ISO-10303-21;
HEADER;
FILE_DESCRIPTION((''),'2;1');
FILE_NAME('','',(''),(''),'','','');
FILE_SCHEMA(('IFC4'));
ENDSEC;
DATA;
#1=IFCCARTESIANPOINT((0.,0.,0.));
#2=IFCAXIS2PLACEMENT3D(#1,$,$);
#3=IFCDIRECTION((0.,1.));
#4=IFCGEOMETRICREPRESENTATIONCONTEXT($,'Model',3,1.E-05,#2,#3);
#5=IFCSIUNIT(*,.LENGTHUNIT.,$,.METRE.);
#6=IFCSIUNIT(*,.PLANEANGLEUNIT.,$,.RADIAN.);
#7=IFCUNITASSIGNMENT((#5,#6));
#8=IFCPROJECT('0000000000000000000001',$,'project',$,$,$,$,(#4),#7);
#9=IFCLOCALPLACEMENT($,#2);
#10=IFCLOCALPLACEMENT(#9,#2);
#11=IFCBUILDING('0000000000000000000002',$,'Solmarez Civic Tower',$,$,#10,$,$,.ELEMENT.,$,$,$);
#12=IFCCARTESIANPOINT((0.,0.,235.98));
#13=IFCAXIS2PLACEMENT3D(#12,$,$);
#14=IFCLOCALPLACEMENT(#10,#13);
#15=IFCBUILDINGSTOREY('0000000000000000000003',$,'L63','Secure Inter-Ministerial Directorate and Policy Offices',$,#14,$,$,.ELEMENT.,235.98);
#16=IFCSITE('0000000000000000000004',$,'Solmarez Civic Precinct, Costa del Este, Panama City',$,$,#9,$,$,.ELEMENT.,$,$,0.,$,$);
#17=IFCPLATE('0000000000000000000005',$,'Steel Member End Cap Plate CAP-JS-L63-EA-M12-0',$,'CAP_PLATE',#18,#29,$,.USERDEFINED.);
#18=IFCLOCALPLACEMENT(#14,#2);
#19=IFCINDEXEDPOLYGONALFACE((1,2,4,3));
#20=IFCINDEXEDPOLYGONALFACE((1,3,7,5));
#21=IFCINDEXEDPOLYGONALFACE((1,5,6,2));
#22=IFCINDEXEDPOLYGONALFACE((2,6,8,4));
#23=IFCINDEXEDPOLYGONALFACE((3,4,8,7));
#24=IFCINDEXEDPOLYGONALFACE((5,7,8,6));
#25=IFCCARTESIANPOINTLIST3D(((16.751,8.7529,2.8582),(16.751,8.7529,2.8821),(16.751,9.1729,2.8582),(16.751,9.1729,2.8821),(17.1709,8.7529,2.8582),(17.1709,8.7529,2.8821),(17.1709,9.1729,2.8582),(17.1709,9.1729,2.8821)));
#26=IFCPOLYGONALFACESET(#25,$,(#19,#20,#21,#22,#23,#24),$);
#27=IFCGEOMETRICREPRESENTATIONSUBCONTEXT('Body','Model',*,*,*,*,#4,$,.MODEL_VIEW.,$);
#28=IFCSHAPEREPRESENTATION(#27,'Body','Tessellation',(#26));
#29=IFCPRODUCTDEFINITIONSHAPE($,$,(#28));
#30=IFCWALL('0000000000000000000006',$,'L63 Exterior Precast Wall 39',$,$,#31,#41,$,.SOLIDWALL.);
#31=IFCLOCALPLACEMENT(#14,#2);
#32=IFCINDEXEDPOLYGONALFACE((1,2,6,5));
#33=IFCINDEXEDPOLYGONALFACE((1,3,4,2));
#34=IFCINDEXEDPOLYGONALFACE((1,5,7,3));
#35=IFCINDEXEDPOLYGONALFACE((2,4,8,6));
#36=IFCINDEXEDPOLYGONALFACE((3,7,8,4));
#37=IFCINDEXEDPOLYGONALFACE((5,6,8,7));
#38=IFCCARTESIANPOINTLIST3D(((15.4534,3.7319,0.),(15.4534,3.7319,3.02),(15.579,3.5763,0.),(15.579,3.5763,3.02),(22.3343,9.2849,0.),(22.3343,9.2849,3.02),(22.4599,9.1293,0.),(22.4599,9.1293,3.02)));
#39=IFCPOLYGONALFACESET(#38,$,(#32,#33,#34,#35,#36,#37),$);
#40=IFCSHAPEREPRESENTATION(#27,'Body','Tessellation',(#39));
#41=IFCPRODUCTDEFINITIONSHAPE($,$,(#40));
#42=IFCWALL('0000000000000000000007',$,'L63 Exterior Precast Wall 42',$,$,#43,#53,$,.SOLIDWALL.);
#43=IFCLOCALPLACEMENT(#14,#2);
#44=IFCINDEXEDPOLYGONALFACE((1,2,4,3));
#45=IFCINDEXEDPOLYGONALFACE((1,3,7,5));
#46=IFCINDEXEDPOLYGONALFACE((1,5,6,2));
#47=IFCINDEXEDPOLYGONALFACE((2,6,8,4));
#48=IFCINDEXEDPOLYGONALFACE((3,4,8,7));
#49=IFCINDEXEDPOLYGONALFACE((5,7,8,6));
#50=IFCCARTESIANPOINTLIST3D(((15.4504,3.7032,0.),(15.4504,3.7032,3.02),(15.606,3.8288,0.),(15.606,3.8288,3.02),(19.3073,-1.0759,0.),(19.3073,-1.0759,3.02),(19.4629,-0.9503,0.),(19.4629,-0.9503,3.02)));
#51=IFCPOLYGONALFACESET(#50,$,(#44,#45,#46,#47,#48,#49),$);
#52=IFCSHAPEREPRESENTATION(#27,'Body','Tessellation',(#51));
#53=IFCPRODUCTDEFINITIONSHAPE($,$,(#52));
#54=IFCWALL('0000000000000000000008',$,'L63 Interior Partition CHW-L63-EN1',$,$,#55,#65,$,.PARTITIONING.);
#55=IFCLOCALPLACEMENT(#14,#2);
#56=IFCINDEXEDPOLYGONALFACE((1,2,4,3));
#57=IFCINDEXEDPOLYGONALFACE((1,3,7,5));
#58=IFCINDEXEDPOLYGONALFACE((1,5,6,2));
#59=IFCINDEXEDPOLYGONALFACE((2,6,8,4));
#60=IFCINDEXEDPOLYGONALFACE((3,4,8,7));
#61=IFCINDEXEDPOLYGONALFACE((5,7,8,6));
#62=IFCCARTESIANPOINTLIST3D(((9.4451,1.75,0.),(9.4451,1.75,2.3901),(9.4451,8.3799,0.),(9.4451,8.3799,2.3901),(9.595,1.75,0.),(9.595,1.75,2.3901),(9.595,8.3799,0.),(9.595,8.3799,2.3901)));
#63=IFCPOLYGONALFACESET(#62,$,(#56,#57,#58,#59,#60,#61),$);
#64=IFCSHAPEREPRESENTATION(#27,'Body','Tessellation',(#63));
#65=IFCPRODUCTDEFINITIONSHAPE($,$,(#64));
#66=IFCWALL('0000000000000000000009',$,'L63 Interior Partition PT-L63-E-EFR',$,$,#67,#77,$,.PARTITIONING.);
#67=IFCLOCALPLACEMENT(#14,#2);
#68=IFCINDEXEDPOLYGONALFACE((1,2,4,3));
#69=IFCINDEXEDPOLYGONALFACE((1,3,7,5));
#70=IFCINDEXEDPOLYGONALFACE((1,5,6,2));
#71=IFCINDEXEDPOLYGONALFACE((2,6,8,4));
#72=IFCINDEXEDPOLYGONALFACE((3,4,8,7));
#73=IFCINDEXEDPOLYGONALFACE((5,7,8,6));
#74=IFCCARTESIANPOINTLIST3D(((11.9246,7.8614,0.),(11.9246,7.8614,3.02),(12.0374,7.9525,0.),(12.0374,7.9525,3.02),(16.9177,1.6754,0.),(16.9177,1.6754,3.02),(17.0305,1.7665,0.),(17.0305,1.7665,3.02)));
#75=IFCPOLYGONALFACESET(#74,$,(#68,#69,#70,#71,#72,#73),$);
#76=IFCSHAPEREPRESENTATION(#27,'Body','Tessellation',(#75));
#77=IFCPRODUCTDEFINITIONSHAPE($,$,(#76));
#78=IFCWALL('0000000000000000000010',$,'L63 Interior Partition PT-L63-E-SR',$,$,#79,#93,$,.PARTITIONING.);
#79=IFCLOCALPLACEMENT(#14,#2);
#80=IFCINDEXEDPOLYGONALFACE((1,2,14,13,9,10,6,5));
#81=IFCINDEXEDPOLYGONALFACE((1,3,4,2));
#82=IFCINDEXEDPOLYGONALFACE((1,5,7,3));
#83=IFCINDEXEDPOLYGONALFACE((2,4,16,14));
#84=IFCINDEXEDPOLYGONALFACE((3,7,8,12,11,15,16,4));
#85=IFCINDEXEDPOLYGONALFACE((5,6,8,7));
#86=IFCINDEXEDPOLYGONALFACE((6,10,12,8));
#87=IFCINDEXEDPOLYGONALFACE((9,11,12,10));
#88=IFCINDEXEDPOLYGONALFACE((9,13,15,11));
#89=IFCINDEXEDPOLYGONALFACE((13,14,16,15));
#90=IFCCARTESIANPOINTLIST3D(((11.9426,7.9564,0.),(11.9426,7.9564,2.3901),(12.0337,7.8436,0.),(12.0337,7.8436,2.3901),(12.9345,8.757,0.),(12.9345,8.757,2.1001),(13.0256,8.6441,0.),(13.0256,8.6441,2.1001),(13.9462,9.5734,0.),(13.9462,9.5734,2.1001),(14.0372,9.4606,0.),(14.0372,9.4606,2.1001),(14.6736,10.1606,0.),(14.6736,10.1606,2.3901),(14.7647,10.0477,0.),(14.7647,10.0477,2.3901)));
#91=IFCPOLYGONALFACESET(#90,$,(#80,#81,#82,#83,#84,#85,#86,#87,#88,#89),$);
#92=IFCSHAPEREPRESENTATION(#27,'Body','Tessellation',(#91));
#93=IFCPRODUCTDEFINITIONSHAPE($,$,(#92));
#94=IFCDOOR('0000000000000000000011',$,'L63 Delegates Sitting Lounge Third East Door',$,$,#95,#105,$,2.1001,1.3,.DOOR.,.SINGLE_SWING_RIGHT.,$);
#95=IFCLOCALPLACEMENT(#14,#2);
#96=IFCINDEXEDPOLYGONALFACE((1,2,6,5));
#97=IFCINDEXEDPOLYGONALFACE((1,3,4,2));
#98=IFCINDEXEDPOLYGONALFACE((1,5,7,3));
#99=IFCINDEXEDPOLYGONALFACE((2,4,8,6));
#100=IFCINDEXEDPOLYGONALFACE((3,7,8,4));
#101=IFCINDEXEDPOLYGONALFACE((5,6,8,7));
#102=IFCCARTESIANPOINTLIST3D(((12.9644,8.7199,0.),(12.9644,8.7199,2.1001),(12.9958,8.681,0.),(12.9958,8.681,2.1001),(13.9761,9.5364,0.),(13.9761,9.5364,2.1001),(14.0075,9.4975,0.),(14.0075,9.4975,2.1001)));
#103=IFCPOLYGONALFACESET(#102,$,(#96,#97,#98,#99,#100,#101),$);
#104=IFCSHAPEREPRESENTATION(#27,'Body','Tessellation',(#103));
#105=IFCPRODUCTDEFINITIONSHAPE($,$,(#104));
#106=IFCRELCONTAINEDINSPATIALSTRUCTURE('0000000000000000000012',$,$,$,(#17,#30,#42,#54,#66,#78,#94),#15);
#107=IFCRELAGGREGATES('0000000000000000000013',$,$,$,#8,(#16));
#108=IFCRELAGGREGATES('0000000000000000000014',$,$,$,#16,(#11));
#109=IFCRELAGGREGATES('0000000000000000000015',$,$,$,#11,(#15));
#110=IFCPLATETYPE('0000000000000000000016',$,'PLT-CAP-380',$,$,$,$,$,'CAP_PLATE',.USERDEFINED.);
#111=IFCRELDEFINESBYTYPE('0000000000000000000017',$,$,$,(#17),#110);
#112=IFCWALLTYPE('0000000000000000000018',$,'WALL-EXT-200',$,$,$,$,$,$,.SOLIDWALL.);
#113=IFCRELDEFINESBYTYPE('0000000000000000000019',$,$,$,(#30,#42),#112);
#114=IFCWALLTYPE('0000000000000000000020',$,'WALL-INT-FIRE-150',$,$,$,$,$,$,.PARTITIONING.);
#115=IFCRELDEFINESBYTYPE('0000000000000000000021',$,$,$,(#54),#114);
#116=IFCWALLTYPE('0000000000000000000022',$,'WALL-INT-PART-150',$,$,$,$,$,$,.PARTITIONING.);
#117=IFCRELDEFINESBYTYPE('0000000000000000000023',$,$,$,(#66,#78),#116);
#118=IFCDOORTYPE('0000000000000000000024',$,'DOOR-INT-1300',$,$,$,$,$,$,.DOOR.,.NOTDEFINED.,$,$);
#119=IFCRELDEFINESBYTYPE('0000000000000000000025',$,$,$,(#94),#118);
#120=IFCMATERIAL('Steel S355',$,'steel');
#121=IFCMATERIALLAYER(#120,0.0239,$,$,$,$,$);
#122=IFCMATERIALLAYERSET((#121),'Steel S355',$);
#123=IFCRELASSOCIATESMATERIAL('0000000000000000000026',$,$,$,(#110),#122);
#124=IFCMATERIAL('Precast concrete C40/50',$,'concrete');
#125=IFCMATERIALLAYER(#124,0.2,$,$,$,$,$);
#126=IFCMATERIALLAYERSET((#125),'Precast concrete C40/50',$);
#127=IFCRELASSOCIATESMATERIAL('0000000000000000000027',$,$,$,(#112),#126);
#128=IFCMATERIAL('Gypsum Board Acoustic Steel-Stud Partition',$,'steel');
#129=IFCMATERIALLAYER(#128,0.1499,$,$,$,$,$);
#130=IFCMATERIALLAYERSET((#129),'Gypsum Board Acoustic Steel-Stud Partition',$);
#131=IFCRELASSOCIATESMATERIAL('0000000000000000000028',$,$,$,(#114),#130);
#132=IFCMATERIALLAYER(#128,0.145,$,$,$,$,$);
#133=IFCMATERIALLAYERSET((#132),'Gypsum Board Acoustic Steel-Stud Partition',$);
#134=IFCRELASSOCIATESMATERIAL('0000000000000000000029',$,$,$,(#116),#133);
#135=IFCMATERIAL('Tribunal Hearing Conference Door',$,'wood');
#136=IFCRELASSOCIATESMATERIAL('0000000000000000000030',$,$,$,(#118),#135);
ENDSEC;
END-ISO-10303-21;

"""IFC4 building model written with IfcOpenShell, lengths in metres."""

from ifc_helpers import new_model, si_unit, direction, frame, frame_2d, origin, origin_2d, place, context, subcontext, project, spatial, rectangle, extrude, material, layer, layer_set, type_object, element, fill, save


model = new_model("IFC4")

# Units and contexts
model_context = context("Model", 3, precision=1e-05, world=origin(), true_north=direction((0.0, 1.0)))
body_context = subcontext(model_context, "Body", "Model", "MODEL_VIEW")
ifc_project = project(units=[si_unit("LENGTHUNIT", "METRE"), si_unit("PLANEANGLEUNIT", "RADIAN")], contexts=[model_context])

# Site, building, storey
site_placement = place(None, origin())
site = spatial("IfcSite", under=ifc_project, at=site_placement, Name="Solmarez Civic Precinct, Costa del Este, Panama City", CompositionType="ELEMENT", RefElevation=0.0)
building_placement = place(site_placement, origin())
building = spatial("IfcBuilding", under=site, at=building_placement, Name="Solmarez Civic Tower", CompositionType="ELEMENT")
storey_placement = place(building_placement, frame((0.0, 0.0, 235.98)))
storey = spatial("IfcBuildingStorey", under=building, at=storey_placement, Name="L63", Description="Secure Inter-Ministerial Directorate and Policy Offices", CompositionType="ELEMENT", Elevation=235.98)

# Shared definitions
ifc_material_1 = material(Name="Steel S355", Category="steel")

# Plate
ifc_layer_1 = layer(ifc_material_1, 0.0239)
ifc_layer_set_1 = layer_set([ifc_layer_1], Name="Steel S355")
plate_type = type_object("IfcPlateType", Name="PLT-CAP-380", ElementType="CAP_PLATE", PredefinedType="USERDEFINED", material=ifc_layer_set_1)
for number, where, z_axis, x_axis, name in (
    (1, (16.9609, 8.9629, 2.8582), (0.0, 0.0, 1.0), (1.0, 0.0, 0.0), "Steel Member End Cap Plate CAP-JS-L63-EA-M12-0"),
):
    element("IfcPlate", number, at=place(storey_placement, frame(where, z_axis=z_axis, x_axis=x_axis)), inside=storey, type_object=plate_type, Name=name, ObjectType="CAP_PLATE", PredefinedType="USERDEFINED", context=body_context, shape_type="SweptSolid", body=[
        extrude(rectangle(XDim=0.4199, YDim=0.4199, at=origin_2d()), origin(), (0.0, 0.0, 1.0), 0.0239),
    ])

# Walls
ifc_material_2 = material(Name="Precast concrete C40/50", Category="concrete")
ifc_layer_2 = layer(ifc_material_2, 0.2)
ifc_layer_set_2 = layer_set([ifc_layer_2], Name="Precast concrete C40/50")
wall_type_1 = type_object("IfcWallType", Name="WALL-EXT-200", PredefinedType="SOLIDWALL", material=ifc_layer_set_2)
wall_1_placement = place(storey_placement, frame((22.397, 9.207, 0.0), z_axis=(0.0, 0.0, 1.0), x_axis=(-0.778198, -0.62802, 0.0)))
element("IfcWall", 2, at=wall_1_placement, inside=storey, type_object=wall_type_1, Name="L63 Exterior Precast Wall 39", PredefinedType="SOLIDWALL", context=body_context, shape_type="SweptSolid", body=[
    extrude(rectangle(XDim=8.842, YDim=0.2, at=frame_2d((4.4209, 0.0))), origin(), (0.0, 0.0, 1.0), 3.02),
])
wall_2_placement = place(storey_placement, frame((15.5281, 3.7661, 0.0), z_axis=(0.0, 0.0, 1.0), x_axis=(0.628034, -0.778186, 0.0)))
element("IfcWall", 3, at=wall_2_placement, inside=storey, type_object=wall_type_1, Name="L63 Exterior Precast Wall 42", PredefinedType="SOLIDWALL", context=body_context, shape_type="SweptSolid", body=[
    extrude(rectangle(XDim=6.1414, YDim=0.2, at=frame_2d((3.0708, 0.0))), origin(), (0.0, 0.0, 1.0), 3.02),
])
ifc_material_3 = material(Name="Gypsum Board Acoustic Steel-Stud Partition", Category="steel")
ifc_layer_3 = layer(ifc_material_3, 0.1499)
ifc_layer_set_3 = layer_set([ifc_layer_3], Name="Gypsum Board Acoustic Steel-Stud Partition")
wall_type_2 = type_object("IfcWallType", Name="WALL-INT-FIRE-150", PredefinedType="PARTITIONING", material=ifc_layer_set_3)
wall_3_placement = place(storey_placement, frame((9.52, 1.75, 0.0), z_axis=(0.0, 0.0, 1.0), x_axis=(0.0, 1.0, 0.0)))
element("IfcWall", 4, at=wall_3_placement, inside=storey, type_object=wall_type_2, Name="L63 Interior Partition CHW-L63-EN1", PredefinedType="PARTITIONING", context=body_context, shape_type="SweptSolid", body=[
    extrude(rectangle(XDim=6.6299, YDim=0.1499, at=frame_2d((3.3149, 0.0))), origin(), (0.0, 0.0, 1.0), 2.3901),
])
ifc_layer_4 = layer(ifc_material_3, 0.145)
ifc_layer_set_4 = layer_set([ifc_layer_4], Name="Gypsum Board Acoustic Steel-Stud Partition")
wall_type_3 = type_object("IfcWallType", Name="WALL-INT-PART-150", PredefinedType="PARTITIONING", material=ifc_layer_set_4)
wall_4_placement = place(storey_placement, frame((16.9741, 1.7209, 0.0), z_axis=(0.0, 0.0, 1.0), x_axis=(-0.62809, 0.778141, 0.0)))
element("IfcWall", 5, at=wall_4_placement, inside=storey, type_object=wall_type_3, Name="L63 Interior Partition PT-L63-E-EFR", PredefinedType="PARTITIONING", context=body_context, shape_type="SweptSolid", body=[
    extrude(rectangle(XDim=7.9497, YDim=0.145, at=frame_2d((3.9749, 0.0))), origin(), (0.0, 0.0, 1.0), 3.02),
])

# Wall, opening, door
wall_5_placement = place(storey_placement, frame((11.988, 7.8999, 0.0), z_axis=(0.0, 0.0, 1.0), x_axis=(0.778174, 0.628049, 0.0)))
wall_5 = element("IfcWall", 6, at=wall_5_placement, inside=storey, type_object=wall_type_3, Name="L63 Interior Partition PT-L63-E-SR", PredefinedType="PARTITIONING", context=body_context, shape_type="SweptSolid", body=[
    extrude(rectangle(XDim=3.5095, YDim=0.145, at=frame_2d((1.7549, 0.0))), origin(), (0.0, 0.0, 1.0), 2.3901),
])
opening_placement = place(wall_5_placement, frame((1.2749, 0.0, 0.0)))
opening = element("IfcOpeningElement", 7, at=opening_placement, cuts=wall_5, PredefinedType="OPENING", context=body_context, shape_type="SweptSolid", body=[
    extrude(rectangle(XDim=1.3, YDim=2.1001, at=frame_2d((0.6499, 1.05))), frame((0.0, 0.0825, 0.0), z_axis=(0.0, -1.0, 0.0), x_axis=(1.0, 0.0, 0.0)), (0.0, 0.0, 1.0), 0.165),
])
ifc_material_4 = material(Name="Tribunal Hearing Conference Door", Category="wood")
door_type = type_object("IfcDoorType", Name="DOOR-INT-1300", OperationType="NOTDEFINED", PredefinedType="DOOR", material=ifc_material_4)
door_placement = place(opening_placement, origin())
door = element("IfcDoor", 8, at=door_placement, inside=storey, type_object=door_type, Name="L63 Delegates Sitting Lounge Third East Door", OperationType="SINGLE_SWING_RIGHT", OverallHeight=2.1001, OverallWidth=1.3, PredefinedType="DOOR", context=body_context, shape_type="SweptSolid", body=[
    extrude(rectangle(XDim=1.3, YDim=2.1001, at=frame_2d((0.6499, 1.05))), frame((0.0, 0.0249, 0.0), z_axis=(0.0, -1.0, 0.0), x_axis=(1.0, 0.0, 0.0)), (0.0, 0.0, 1.0), 0.05),
])
fill(opening, door)

save(model, "model.ifc")
